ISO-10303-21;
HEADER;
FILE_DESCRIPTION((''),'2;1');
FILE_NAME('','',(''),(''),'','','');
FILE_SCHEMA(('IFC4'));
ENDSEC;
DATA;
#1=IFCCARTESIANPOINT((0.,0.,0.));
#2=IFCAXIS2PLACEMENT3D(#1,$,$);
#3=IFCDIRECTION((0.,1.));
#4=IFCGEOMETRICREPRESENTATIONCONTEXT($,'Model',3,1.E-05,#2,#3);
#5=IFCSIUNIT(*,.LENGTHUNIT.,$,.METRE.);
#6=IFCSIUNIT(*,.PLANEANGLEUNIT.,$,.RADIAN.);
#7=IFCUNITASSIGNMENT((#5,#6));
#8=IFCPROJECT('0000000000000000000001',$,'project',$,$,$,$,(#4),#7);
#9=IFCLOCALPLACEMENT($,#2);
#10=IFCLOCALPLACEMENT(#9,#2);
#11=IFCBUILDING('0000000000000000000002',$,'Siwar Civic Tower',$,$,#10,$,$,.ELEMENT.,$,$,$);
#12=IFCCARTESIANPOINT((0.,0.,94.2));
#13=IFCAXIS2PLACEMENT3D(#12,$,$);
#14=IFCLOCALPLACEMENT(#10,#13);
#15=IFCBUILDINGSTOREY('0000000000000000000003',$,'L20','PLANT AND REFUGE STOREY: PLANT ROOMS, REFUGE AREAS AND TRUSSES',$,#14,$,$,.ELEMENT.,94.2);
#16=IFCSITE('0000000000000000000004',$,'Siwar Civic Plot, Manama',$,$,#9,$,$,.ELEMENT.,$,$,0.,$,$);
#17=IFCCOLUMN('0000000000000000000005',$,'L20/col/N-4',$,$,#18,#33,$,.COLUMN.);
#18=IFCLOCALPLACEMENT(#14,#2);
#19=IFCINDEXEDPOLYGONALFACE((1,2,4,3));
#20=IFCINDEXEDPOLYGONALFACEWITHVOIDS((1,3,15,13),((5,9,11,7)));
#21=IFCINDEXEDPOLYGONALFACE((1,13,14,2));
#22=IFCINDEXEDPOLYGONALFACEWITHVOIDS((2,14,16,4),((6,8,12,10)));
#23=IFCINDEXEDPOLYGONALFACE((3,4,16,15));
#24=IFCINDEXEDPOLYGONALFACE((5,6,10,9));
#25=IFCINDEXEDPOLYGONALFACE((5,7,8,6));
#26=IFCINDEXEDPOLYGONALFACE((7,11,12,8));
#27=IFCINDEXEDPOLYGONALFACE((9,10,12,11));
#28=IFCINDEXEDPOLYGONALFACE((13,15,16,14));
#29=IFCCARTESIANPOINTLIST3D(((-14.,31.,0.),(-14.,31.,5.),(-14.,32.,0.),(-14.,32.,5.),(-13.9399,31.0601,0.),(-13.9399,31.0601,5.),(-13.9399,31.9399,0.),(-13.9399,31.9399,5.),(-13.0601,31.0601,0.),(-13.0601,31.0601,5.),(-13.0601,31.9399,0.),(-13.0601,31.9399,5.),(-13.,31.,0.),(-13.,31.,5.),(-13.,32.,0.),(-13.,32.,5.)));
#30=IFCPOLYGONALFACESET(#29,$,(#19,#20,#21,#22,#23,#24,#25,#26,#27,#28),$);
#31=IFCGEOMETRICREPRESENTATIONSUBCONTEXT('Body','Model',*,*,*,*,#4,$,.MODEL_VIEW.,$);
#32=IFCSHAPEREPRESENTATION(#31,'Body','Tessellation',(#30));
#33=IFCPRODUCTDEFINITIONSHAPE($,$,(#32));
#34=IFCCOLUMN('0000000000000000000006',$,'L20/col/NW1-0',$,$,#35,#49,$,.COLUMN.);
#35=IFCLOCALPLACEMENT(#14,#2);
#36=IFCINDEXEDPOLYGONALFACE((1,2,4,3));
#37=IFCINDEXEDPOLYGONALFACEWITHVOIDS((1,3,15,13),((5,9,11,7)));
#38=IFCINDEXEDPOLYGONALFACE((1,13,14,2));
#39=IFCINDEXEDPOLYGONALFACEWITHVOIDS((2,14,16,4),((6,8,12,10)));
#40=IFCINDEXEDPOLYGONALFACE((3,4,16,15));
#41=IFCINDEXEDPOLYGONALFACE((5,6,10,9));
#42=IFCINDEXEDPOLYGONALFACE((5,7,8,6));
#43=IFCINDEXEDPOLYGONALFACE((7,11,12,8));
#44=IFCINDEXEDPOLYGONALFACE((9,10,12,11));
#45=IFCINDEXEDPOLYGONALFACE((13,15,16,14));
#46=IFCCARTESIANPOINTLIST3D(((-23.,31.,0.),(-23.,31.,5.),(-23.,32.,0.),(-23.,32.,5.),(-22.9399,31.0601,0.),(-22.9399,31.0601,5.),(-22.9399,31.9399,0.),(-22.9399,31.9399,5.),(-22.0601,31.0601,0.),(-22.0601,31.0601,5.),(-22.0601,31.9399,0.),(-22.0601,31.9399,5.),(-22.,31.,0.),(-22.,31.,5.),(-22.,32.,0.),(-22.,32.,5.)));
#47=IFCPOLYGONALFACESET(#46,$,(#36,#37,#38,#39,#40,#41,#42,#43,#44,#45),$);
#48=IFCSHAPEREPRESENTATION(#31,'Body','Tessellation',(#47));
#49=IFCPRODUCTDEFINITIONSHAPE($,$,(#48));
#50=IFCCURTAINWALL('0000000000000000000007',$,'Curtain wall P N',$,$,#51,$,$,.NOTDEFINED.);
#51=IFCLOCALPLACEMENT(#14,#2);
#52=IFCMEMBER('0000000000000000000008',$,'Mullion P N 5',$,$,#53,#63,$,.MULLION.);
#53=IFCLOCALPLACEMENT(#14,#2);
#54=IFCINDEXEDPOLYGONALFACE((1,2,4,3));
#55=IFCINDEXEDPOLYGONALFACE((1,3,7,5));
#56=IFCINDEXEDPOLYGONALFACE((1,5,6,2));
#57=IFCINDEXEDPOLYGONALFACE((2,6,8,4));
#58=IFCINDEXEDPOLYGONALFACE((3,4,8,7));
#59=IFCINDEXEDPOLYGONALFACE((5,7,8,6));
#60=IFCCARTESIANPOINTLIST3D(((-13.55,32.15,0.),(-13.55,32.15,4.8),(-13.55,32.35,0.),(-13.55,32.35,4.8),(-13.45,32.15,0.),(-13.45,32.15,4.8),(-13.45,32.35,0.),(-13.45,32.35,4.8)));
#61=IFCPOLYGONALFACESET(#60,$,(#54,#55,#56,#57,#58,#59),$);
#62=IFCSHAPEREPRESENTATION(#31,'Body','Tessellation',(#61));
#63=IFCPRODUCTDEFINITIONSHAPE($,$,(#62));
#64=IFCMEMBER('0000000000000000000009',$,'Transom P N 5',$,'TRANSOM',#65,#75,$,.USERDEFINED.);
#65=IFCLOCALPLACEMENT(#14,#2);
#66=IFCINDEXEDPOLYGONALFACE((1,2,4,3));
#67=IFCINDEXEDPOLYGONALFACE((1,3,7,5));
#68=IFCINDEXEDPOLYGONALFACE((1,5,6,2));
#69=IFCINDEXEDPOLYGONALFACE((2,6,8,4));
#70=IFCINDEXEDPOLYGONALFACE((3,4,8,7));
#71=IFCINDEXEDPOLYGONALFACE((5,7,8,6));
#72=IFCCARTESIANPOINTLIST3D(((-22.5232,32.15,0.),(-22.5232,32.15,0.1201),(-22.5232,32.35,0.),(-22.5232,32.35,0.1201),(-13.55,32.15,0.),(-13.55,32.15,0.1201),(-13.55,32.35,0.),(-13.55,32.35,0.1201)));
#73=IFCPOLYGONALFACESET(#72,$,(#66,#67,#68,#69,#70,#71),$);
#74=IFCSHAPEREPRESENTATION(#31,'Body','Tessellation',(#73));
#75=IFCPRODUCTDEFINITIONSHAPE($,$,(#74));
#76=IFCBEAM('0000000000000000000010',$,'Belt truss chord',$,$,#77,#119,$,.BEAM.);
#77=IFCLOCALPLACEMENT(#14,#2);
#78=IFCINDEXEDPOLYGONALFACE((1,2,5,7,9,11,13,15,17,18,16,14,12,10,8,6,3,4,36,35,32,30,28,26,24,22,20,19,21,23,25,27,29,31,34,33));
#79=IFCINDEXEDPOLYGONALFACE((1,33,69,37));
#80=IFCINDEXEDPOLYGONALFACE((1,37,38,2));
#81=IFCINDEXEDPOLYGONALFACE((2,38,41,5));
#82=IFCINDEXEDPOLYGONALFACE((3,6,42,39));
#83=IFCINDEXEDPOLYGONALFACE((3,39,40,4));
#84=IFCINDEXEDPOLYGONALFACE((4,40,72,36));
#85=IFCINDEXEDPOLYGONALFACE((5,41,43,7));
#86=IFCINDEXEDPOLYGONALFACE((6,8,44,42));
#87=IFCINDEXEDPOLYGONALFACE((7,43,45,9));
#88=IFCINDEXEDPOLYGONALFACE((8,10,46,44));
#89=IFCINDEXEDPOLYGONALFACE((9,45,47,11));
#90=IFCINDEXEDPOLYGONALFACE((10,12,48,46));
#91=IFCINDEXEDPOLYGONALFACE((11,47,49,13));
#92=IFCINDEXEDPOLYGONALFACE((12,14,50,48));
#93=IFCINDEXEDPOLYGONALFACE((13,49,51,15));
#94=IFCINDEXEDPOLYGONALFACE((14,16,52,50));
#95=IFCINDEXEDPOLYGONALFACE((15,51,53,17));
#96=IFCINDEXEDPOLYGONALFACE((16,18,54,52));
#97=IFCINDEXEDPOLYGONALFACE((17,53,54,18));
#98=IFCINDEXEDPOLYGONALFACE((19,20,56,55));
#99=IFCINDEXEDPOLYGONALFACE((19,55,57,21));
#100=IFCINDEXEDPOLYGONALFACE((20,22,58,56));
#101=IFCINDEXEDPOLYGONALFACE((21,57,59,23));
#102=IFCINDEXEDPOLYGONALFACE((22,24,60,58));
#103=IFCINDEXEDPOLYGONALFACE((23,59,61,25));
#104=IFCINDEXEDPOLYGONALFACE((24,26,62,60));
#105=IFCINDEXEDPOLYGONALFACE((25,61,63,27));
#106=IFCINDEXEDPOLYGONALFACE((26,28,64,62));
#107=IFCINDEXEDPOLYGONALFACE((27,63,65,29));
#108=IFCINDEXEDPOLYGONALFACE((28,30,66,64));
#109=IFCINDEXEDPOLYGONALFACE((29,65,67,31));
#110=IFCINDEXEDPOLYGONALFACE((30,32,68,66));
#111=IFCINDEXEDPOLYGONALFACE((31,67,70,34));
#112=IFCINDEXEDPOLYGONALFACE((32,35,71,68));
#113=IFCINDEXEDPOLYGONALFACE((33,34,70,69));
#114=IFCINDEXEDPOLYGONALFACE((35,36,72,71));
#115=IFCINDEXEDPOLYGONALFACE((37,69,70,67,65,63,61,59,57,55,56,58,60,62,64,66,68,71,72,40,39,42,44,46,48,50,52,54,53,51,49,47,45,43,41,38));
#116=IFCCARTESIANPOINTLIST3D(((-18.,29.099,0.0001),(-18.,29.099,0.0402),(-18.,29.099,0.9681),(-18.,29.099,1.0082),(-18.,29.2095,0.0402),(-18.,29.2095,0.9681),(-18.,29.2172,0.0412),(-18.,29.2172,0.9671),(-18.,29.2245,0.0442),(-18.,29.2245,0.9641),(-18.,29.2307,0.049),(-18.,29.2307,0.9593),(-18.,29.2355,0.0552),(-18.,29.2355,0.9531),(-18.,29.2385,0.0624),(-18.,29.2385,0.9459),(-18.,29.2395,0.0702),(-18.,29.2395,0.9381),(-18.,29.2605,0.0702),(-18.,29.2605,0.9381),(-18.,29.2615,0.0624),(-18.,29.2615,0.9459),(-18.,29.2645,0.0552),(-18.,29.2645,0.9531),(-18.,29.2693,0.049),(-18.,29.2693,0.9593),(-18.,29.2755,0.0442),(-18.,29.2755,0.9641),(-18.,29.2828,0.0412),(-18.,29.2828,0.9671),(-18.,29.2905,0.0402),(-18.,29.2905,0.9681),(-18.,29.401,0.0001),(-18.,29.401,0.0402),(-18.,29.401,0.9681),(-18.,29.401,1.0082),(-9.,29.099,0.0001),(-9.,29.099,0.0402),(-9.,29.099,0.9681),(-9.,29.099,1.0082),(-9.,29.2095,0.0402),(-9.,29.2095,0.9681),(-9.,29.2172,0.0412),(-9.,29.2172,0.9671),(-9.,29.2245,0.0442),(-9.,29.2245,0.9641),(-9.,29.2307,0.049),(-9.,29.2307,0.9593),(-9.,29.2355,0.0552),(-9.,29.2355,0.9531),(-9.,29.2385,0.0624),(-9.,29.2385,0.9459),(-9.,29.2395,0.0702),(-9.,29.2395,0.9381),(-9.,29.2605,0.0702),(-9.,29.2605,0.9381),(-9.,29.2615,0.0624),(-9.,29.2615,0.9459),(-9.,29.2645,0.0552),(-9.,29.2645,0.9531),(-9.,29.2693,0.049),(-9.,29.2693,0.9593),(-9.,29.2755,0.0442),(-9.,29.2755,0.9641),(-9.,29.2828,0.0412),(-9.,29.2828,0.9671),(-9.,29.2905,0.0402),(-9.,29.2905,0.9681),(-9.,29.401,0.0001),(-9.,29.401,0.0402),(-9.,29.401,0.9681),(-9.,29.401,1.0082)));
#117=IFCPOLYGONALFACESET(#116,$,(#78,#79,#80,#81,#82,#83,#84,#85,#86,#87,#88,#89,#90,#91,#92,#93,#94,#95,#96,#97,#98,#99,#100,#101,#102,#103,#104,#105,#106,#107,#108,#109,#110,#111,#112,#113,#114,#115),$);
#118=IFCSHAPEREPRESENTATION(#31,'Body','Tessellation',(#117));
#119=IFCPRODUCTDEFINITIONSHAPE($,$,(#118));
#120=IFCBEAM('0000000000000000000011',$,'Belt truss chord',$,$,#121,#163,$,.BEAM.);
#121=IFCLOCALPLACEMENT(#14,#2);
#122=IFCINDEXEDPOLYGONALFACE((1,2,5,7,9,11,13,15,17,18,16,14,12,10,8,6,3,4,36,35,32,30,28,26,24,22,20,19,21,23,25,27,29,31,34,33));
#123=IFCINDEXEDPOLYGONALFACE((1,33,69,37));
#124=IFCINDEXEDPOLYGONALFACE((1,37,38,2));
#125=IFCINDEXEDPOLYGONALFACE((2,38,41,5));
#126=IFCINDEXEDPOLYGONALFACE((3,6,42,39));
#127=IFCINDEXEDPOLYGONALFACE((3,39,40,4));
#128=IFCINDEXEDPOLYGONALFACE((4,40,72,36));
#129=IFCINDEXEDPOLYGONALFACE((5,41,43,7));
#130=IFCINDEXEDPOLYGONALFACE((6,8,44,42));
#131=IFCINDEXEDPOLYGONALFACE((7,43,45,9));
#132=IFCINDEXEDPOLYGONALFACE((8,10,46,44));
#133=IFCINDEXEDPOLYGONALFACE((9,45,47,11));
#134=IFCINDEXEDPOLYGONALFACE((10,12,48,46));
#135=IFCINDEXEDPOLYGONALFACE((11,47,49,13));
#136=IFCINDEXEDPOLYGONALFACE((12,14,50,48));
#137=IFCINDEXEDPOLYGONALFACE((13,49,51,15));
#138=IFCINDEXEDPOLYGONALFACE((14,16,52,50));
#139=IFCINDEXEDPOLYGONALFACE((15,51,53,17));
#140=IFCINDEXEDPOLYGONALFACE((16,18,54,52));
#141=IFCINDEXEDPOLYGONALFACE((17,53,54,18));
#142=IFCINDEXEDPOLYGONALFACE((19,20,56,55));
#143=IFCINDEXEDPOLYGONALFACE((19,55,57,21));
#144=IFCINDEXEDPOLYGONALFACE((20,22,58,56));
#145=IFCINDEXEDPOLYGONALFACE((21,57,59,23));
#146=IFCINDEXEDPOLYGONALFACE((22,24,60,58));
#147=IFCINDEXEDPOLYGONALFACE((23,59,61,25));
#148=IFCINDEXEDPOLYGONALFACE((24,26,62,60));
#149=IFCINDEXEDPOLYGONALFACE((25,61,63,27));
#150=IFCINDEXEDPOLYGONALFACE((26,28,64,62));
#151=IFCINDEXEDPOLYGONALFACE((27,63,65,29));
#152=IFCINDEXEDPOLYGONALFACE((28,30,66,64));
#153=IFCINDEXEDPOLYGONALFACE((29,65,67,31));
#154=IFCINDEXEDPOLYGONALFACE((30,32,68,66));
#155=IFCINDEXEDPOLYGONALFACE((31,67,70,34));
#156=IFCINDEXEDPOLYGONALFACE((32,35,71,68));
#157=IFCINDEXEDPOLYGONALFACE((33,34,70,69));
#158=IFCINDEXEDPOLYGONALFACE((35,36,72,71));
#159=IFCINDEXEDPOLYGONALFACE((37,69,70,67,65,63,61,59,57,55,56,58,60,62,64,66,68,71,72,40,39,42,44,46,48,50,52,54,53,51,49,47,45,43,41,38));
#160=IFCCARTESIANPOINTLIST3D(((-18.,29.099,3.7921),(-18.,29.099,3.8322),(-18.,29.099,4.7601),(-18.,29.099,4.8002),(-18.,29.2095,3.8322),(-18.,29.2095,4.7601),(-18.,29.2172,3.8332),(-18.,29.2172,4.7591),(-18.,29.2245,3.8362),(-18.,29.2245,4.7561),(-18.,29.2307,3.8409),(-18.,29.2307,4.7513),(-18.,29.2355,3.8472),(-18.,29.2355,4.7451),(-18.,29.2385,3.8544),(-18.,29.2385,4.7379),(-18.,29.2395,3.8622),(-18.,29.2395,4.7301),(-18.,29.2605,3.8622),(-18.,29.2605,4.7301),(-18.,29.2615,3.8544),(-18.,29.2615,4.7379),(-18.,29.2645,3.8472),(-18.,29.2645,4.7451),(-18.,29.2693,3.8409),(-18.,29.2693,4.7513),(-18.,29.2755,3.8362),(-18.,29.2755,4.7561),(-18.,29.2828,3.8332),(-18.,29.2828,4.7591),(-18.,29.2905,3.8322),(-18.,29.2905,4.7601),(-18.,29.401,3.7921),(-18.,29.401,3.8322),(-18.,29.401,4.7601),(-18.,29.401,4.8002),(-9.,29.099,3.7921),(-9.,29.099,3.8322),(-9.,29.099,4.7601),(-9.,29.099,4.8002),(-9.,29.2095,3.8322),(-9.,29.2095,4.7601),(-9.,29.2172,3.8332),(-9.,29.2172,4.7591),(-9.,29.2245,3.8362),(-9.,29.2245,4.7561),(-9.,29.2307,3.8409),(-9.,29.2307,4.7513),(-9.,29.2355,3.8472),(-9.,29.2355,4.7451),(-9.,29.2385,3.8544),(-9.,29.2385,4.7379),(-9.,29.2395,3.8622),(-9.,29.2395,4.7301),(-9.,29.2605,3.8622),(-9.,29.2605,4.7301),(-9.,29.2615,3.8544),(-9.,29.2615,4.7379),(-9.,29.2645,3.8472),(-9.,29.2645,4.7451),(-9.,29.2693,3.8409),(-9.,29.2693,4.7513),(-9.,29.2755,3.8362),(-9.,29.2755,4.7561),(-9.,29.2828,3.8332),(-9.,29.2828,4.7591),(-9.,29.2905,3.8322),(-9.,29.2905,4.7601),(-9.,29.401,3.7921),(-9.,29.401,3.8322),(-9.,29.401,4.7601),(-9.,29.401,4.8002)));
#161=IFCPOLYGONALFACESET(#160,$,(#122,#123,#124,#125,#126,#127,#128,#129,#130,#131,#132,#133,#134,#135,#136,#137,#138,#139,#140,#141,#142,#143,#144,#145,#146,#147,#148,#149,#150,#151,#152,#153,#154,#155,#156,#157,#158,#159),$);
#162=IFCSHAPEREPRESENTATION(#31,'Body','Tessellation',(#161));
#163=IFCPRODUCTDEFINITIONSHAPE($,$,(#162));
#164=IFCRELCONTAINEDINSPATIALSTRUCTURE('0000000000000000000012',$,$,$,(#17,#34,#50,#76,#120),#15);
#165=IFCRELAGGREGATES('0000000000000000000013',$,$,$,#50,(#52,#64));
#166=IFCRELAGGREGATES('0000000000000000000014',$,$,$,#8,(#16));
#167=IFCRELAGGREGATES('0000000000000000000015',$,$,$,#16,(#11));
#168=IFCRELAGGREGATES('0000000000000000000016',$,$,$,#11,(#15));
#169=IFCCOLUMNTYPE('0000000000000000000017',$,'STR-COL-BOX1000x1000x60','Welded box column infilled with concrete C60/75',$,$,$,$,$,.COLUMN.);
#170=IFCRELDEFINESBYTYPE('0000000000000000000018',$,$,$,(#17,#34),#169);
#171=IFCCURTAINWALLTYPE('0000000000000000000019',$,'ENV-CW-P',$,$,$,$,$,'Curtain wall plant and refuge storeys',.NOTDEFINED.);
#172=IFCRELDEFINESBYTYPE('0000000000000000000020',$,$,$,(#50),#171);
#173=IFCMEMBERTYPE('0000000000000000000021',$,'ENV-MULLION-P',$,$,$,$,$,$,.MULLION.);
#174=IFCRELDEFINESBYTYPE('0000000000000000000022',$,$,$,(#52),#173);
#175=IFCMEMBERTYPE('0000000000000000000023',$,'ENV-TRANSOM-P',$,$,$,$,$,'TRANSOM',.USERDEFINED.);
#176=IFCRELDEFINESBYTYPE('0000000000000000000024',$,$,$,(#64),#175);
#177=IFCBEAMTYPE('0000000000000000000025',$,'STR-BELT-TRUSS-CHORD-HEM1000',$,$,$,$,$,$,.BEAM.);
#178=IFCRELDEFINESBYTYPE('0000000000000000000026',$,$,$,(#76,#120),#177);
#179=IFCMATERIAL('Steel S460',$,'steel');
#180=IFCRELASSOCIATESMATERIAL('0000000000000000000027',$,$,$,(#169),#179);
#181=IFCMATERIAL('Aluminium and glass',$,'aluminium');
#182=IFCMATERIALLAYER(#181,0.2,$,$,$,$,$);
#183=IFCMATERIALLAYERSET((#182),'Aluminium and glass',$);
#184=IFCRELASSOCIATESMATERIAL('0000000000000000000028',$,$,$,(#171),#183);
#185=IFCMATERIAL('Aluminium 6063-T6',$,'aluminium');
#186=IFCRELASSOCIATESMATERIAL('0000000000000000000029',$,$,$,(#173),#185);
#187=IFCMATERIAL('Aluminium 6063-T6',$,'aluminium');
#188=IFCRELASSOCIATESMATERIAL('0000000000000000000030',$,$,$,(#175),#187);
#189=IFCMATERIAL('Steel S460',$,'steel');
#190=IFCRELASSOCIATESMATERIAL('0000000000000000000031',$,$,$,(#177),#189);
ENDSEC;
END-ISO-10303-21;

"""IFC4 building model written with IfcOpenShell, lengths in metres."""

from ifc_helpers import new_model, si_unit, direction, frame, origin, origin_2d, place, context, subcontext, project, spatial, rectangle, hollow_rectangle, i_section, extrude, material, layer, layer_set, material_profile, profile_set, type_object, element, aggregate, save


model = new_model("IFC4")

# Units and contexts
model_context = context("Model", 3, precision=1e-05, world=origin(), true_north=direction((0.0, 1.0)))
body_context = subcontext(model_context, "Body", "Model", "MODEL_VIEW")
ifc_project = project(units=[si_unit("LENGTHUNIT", "METRE"), si_unit("PLANEANGLEUNIT", "RADIAN")], contexts=[model_context])

# Site, building, storey
site_placement = place(None, origin())
site = spatial("IfcSite", under=ifc_project, at=site_placement, Name="Siwar Civic Plot, Manama", CompositionType="ELEMENT", RefElevation=0.0)
building_placement = place(site_placement, origin())
building = spatial("IfcBuilding", under=site, at=building_placement, Name="Siwar Civic Tower", CompositionType="ELEMENT")
storey_placement = place(building_placement, frame((0.0, 0.0, 94.2)))
storey = spatial("IfcBuildingStorey", under=building, at=storey_placement, Name="L20", Description="PLANT AND REFUGE STOREY: PLANT ROOMS, REFUGE AREAS AND TRUSSES", CompositionType="ELEMENT", Elevation=94.2)

# Columns
ifc_material_1 = material(Name="Steel S460", Category="steel")
ifc_material_profile_1 = material_profile(ifc_material_1, hollow_rectangle(XDim=1.0, YDim=1.0, WallThickness=0.0601, at=origin_2d()), Name="BOX1000x1000x60")
ifc_profile_set_1 = profile_set([ifc_material_profile_1], Name="Steel S460")
column_type = type_object("IfcColumnType", Name="STR-COL-BOX1000x1000x60", Description="Welded box column infilled with concrete C60/75", PredefinedType="COLUMN", material=ifc_profile_set_1)
for number, where, z_axis, x_axis, name in (
    (1, (-13.5, 31.5, 0.0), (0.0, 0.0, 1.0), (1.0, 0.0, 0.0), "L20/col/N-4"),
    (2, (-22.5, 31.5, 0.0), (0.0, 0.0, 1.0), (1.0, 0.0, 0.0), "L20/col/NW1-0"),
):
    element("IfcColumn", number, at=place(storey_placement, frame(where, z_axis=z_axis, x_axis=x_axis)), inside=storey, type_object=column_type, Name=name, PredefinedType="COLUMN", context=body_context, shape_type="SweptSolid", body=[
        extrude(hollow_rectangle(XDim=1.0, YDim=1.0, WallThickness=0.0601, at=origin_2d()), origin(), (0.0, 0.0, 1.0), 5.0),
    ])

# Curtain wall, members
ifc_material_2 = material(Name="Aluminium and glass", Category="aluminium")
ifc_layer_1 = layer(ifc_material_2, 0.2)
ifc_layer_set_1 = layer_set([ifc_layer_1], Name="Aluminium and glass")
curtain_wall_type = type_object("IfcCurtainWallType", Name="ENV-CW-P", ElementType="Curtain wall plant and refuge storeys", PredefinedType="NOTDEFINED", material=ifc_layer_set_1)
curtain_wall_placement = place(storey_placement, origin())
curtain_wall = element("IfcCurtainWall", 3, at=curtain_wall_placement, inside=storey, type_object=curtain_wall_type, Name="Curtain wall P N", PredefinedType="NOTDEFINED")
ifc_material_3 = material(Name="Aluminium 6063-T6", Category="aluminium")
ifc_material_profile_2 = material_profile(ifc_material_3, rectangle(XDim=0.2, YDim=0.1001, at=origin_2d()), Name="AL 200x100")
ifc_profile_set_2 = profile_set([ifc_material_profile_2], Name="Aluminium 6063-T6")
member_type_1 = type_object("IfcMemberType", Name="ENV-MULLION-P", PredefinedType="MULLION", material=ifc_profile_set_2)
member_1_placement = place(storey_placement, frame((-13.5, 32.25, 0.0), z_axis=(0.0, 0.0, 1.0), x_axis=(0.0, -1.0, 0.0)))
member_1 = element("IfcMember", 4, at=member_1_placement, type_object=member_type_1, Name="Mullion P N 5", PredefinedType="MULLION", context=body_context, shape_type="SweptSolid", body=[
    extrude(rectangle(XDim=0.2, YDim=0.1001, at=origin_2d()), origin(), (0.0, 0.0, 1.0), 4.8),
])
ifc_material_4 = material(Name="Aluminium 6063-T6", Category="aluminium")
ifc_material_profile_3 = material_profile(ifc_material_4, rectangle(XDim=0.2, YDim=0.1201, at=origin_2d()), Name="AL 200x120")
ifc_profile_set_3 = profile_set([ifc_material_profile_3], Name="Aluminium 6063-T6")
member_type_2 = type_object("IfcMemberType", Name="ENV-TRANSOM-P", ElementType="TRANSOM", PredefinedType="USERDEFINED", material=ifc_profile_set_3)
member_2_placement = place(storey_placement, frame((-13.55, 32.25, 0.0601), z_axis=(-1.0, 0.0, 0.0), x_axis=(0.0, -1.0, 0.0)))
member_2 = element("IfcMember", 5, at=member_2_placement, type_object=member_type_2, Name="Transom P N 5", ObjectType="TRANSOM", PredefinedType="USERDEFINED", context=body_context, shape_type="SweptSolid", body=[
    extrude(rectangle(XDim=0.2, YDim=0.1201, at=origin_2d()), origin(), (0.0, 0.0, 1.0), 8.9731),
])

# Beams
ifc_material_5 = material(Name="Steel S460", Category="steel")
ifc_material_profile_4 = material_profile(ifc_material_5, i_section(OverallWidth=0.302, OverallDepth=1.0081, WebThickness=0.021, FlangeThickness=0.04, FilletRadius=0.03, at=origin_2d()), Name="HEM1000")
ifc_profile_set_4 = profile_set([ifc_material_profile_4], Name="Steel S460")
beam_type_1 = type_object("IfcBeamType", Name="STR-BELT-TRUSS-CHORD-HEM1000", PredefinedType="BEAM", material=ifc_profile_set_4)
for number, where, z_axis, x_axis, name in (
    (6, (-9.0, 29.25, 0.5042), (-1.0, 0.0, 0.0), (0.0, -1.0, 0.0), "Belt truss chord"),
    (7, (-9.0, 29.25, 4.2961), (-1.0, 0.0, 0.0), (0.0, -1.0, 0.0), "Belt truss chord"),
):
    element("IfcBeam", number, at=place(storey_placement, frame(where, z_axis=z_axis, x_axis=x_axis)), inside=storey, type_object=beam_type_1, Name=name, PredefinedType="BEAM", context=body_context, shape_type="SweptSolid", body=[
        extrude(i_section(OverallWidth=0.302, OverallDepth=1.0081, WebThickness=0.021, FlangeThickness=0.04, FilletRadius=0.03, at=origin_2d()), origin(), (0.0, 0.0, 1.0), 9.0),
    ])

aggregate(curtain_wall, [member_1, member_2])

save(model, "model.ifc")
